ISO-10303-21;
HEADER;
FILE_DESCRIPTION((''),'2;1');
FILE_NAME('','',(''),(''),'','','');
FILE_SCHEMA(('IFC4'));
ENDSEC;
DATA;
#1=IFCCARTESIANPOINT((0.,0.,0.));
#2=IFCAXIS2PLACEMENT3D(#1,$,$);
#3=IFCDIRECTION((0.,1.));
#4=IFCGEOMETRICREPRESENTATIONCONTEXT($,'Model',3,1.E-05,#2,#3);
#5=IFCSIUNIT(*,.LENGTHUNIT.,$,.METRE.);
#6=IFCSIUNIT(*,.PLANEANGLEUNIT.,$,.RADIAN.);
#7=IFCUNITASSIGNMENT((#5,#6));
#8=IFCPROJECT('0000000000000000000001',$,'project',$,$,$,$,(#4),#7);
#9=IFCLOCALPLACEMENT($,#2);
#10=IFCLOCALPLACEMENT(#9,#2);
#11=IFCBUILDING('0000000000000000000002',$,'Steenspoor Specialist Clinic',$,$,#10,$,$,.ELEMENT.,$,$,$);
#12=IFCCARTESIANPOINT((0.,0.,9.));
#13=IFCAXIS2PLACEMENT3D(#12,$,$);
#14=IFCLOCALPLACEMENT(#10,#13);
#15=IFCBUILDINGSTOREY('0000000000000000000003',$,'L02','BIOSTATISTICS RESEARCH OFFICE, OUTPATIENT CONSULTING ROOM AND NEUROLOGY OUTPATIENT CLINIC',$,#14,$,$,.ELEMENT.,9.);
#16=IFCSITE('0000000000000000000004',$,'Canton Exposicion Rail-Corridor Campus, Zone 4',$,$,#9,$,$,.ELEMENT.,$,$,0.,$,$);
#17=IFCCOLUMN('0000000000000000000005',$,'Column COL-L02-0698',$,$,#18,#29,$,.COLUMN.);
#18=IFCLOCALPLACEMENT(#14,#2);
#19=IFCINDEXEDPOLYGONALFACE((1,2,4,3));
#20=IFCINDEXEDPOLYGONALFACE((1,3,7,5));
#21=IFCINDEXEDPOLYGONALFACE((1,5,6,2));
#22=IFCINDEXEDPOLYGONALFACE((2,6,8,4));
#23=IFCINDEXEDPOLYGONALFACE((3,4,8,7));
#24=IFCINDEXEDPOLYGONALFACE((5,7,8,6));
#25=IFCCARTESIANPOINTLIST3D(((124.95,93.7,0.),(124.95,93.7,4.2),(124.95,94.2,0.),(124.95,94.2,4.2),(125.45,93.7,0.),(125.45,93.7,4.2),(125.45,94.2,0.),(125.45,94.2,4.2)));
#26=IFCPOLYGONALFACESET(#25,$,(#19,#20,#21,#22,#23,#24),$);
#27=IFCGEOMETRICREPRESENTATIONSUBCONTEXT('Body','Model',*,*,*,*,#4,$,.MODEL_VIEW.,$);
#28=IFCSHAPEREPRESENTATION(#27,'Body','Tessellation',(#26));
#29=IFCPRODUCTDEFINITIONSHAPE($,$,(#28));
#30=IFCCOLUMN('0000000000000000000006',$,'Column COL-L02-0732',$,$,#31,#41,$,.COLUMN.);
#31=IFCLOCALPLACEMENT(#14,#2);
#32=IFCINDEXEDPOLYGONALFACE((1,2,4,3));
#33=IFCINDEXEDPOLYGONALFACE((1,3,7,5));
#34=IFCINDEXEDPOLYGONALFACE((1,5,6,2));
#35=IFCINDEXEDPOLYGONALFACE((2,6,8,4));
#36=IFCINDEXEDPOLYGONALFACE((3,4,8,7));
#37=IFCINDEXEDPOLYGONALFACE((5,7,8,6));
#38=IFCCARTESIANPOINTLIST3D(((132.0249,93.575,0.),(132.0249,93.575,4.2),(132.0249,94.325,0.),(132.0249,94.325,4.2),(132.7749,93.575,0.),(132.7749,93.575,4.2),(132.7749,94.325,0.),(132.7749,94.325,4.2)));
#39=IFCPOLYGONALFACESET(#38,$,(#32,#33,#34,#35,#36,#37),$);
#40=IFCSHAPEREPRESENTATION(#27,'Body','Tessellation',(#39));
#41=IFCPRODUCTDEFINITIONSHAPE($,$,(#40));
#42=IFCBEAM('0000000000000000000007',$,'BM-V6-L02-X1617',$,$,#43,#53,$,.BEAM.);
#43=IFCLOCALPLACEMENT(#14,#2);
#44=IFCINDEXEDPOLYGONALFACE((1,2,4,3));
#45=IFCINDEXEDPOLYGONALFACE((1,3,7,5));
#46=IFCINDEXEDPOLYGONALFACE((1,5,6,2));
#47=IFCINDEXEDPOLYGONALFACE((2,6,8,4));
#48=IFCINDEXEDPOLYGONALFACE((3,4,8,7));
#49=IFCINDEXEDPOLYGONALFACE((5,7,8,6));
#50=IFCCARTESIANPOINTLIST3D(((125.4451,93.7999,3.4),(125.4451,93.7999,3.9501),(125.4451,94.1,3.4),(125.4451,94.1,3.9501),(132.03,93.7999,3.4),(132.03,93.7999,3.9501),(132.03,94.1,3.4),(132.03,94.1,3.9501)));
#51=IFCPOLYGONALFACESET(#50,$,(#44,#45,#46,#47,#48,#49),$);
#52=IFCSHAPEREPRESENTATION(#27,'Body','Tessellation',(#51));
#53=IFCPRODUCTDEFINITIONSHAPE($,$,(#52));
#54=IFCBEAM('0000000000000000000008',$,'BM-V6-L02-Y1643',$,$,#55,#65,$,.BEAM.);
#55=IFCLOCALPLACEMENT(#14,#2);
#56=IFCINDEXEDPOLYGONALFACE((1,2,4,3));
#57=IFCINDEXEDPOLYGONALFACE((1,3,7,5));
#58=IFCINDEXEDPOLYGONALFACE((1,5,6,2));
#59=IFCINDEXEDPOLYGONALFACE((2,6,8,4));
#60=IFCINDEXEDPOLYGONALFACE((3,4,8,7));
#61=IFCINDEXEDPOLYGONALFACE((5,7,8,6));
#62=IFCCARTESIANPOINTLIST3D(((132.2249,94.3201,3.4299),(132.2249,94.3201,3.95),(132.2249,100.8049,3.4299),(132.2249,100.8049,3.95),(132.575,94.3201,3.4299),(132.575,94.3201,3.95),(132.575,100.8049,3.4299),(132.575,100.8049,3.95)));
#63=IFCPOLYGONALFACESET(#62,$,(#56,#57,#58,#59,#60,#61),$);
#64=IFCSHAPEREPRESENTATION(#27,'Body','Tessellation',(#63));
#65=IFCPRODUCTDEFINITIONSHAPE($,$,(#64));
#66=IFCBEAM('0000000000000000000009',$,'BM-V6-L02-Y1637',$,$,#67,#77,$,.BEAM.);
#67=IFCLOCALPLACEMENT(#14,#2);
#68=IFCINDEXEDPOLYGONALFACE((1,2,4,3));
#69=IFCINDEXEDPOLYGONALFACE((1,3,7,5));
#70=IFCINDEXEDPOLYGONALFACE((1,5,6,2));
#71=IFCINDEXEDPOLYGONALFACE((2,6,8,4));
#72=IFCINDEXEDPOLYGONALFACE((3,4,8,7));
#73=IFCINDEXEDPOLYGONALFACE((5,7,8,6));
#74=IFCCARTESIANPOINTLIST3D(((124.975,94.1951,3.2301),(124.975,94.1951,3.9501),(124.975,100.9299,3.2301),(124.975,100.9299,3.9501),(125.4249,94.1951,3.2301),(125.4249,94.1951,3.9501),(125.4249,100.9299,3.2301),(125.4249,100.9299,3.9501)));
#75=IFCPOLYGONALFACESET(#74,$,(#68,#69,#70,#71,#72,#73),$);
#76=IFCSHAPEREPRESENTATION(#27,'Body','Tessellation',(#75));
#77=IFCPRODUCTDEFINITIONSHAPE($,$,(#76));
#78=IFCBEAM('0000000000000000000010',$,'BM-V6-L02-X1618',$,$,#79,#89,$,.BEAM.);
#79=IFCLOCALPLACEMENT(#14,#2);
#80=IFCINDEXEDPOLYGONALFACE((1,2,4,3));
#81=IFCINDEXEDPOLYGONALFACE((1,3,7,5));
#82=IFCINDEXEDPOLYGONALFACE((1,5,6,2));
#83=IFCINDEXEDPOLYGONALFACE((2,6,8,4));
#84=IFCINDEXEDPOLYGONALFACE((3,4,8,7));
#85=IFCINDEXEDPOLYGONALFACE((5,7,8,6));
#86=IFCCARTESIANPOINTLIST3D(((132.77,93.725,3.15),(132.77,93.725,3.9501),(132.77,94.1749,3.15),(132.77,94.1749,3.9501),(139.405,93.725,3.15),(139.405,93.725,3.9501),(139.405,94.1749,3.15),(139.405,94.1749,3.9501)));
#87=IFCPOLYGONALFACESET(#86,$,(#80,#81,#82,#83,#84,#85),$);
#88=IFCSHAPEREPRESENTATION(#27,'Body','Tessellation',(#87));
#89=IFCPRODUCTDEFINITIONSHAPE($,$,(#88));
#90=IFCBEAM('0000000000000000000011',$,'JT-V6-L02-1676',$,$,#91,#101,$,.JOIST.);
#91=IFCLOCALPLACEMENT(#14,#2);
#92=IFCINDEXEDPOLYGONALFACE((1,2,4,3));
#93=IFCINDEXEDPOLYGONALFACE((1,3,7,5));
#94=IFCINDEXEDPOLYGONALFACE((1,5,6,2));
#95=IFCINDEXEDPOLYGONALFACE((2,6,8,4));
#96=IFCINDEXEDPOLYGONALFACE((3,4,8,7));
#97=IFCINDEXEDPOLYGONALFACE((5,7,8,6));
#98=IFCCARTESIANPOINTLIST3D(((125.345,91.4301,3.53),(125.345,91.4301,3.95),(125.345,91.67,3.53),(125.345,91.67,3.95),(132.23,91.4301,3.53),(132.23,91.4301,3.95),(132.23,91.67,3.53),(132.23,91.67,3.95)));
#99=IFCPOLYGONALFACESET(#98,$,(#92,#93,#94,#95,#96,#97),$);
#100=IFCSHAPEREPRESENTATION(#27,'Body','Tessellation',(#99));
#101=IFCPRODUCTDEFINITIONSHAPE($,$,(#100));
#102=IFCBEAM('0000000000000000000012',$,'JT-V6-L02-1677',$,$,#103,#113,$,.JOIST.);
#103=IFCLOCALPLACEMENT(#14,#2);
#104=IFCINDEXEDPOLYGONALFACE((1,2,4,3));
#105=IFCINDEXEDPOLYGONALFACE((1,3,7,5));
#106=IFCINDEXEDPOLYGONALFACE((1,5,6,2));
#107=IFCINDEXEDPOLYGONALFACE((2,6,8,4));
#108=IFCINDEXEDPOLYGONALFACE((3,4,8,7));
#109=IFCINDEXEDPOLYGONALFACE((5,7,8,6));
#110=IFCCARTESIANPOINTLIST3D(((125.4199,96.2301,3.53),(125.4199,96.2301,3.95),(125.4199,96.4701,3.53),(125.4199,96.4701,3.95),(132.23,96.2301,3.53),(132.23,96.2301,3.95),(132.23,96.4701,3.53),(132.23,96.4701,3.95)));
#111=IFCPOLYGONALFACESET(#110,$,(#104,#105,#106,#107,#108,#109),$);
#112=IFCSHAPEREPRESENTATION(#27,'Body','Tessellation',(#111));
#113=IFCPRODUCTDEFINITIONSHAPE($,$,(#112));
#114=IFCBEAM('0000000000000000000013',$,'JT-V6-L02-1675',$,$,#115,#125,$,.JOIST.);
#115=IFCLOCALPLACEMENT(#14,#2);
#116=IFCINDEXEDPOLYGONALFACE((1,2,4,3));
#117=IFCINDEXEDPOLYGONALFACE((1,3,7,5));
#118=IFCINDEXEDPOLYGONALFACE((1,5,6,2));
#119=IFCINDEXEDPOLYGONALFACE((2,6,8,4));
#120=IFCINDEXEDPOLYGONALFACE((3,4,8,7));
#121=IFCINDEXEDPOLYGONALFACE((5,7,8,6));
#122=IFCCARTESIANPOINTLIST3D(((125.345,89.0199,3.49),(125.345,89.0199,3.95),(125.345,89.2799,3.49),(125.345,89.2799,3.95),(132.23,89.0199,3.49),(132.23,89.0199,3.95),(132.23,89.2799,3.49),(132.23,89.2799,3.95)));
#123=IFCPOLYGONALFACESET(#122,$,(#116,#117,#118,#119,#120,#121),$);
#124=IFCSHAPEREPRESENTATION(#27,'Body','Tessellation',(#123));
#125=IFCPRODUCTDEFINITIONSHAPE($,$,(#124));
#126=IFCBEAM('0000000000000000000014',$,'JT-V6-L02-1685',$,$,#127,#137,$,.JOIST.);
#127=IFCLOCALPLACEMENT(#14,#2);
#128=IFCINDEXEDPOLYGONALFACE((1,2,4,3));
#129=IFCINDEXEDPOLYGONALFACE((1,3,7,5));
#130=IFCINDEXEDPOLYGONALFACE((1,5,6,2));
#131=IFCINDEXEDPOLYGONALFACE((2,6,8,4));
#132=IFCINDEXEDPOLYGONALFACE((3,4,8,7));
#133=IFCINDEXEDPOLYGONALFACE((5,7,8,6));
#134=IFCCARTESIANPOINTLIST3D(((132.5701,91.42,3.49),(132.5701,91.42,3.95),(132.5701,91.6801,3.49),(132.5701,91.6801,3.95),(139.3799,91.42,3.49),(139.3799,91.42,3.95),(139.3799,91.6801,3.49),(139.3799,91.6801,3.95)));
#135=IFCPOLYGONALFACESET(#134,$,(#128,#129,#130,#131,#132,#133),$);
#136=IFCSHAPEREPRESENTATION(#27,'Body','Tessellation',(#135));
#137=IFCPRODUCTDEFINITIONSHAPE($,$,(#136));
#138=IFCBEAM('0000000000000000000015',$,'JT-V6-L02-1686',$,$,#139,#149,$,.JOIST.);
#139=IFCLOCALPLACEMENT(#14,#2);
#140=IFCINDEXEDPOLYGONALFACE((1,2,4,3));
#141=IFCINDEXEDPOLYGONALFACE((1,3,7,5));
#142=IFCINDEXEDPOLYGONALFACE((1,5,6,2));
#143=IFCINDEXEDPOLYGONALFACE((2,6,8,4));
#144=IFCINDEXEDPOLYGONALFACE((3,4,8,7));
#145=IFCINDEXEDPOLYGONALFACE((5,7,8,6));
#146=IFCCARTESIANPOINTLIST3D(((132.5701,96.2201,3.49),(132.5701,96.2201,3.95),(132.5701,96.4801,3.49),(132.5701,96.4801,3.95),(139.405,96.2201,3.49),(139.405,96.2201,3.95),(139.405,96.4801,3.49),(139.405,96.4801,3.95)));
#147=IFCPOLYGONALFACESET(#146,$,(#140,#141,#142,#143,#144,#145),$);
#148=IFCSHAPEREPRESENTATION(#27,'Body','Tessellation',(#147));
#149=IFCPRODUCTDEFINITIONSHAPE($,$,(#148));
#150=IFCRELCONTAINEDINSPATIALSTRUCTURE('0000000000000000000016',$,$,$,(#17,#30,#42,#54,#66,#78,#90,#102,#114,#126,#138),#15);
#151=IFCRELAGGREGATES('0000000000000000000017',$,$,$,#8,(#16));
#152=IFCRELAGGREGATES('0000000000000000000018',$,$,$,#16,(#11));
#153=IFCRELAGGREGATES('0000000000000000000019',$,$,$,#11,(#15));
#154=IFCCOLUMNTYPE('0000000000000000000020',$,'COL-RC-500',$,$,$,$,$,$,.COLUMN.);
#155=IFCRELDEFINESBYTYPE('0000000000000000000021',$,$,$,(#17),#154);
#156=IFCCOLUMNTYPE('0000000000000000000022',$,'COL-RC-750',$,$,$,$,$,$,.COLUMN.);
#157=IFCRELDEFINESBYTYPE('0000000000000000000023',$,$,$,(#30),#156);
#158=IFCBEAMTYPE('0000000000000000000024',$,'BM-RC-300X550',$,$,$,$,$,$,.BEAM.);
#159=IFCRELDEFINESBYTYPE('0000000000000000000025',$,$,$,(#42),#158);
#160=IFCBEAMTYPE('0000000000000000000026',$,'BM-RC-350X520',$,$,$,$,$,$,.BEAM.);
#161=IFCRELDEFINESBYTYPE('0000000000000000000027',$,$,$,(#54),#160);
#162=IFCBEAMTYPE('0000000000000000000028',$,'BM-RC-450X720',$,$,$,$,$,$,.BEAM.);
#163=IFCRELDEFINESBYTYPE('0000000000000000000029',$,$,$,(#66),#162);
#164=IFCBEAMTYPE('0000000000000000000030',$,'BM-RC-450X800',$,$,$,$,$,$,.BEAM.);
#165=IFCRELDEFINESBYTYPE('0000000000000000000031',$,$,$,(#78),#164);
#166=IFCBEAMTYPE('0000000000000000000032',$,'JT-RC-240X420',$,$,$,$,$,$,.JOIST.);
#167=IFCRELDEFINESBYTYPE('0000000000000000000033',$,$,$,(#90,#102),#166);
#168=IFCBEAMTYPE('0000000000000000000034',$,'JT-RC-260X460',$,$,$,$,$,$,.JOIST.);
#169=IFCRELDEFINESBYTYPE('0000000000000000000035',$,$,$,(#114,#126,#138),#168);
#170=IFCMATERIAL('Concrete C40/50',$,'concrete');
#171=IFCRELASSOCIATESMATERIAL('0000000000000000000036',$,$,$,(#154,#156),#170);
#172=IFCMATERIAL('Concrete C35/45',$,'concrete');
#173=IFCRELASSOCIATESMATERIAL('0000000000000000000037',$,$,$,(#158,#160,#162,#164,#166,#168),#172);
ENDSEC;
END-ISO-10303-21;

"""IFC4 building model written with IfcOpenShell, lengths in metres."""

from ifc_helpers import new_model, si_unit, direction, frame, origin, origin_2d, place, context, subcontext, project, spatial, rectangle, extrude, material, material_profile, profile_set, type_object, element, save


model = new_model("IFC4")

# Units and contexts
model_context = context("Model", 3, precision=1e-05, world=origin(), true_north=direction((0.0, 1.0)))
body_context = subcontext(model_context, "Body", "Model", "MODEL_VIEW")
ifc_project = project(units=[si_unit("LENGTHUNIT", "METRE"), si_unit("PLANEANGLEUNIT", "RADIAN")], contexts=[model_context])

# Site, building, storey
site_placement = place(None, origin())
site = spatial("IfcSite", under=ifc_project, at=site_placement, Name="Canton Exposicion Rail-Corridor Campus, Zone 4", CompositionType="ELEMENT", RefElevation=0.0)
building_placement = place(site_placement, origin())
building = spatial("IfcBuilding", under=site, at=building_placement, Name="Steenspoor Specialist Clinic", CompositionType="ELEMENT")
storey_placement = place(building_placement, frame((0.0, 0.0, 9.0)))
storey = spatial("IfcBuildingStorey", under=building, at=storey_placement, Name="L02", Description="BIOSTATISTICS RESEARCH OFFICE, OUTPATIENT CONSULTING ROOM AND NEUROLOGY OUTPATIENT CLINIC", CompositionType="ELEMENT", Elevation=9.0)

# Columns
ifc_material_1 = material(Name="Concrete C40/50", Category="concrete")
ifc_material_profile_1 = material_profile(ifc_material_1, rectangle(XDim=0.5, YDim=0.5, at=origin_2d()), Name="RC-COL-500X500")
ifc_profile_set_1 = profile_set([ifc_material_profile_1], Name="Concrete C40/50")
column_type_1 = type_object("IfcColumnType", Name="COL-RC-500", PredefinedType="COLUMN", material=ifc_profile_set_1)
column_1_placement = place(storey_placement, frame((125.2, 93.95, 0.0), z_axis=(0.0, 0.0, 1.0), x_axis=(1.0, 0.0, 0.0)))
element("IfcColumn", 1, at=column_1_placement, inside=storey, type_object=column_type_1, Name="Column COL-L02-0698", PredefinedType="COLUMN", context=body_context, shape_type="SweptSolid", body=[
    extrude(rectangle(XDim=0.5, YDim=0.5, at=origin_2d()), origin(), (0.0, 0.0, 1.0), 4.2),
])
ifc_material_profile_2 = material_profile(ifc_material_1, rectangle(XDim=0.75, YDim=0.75, at=origin_2d()), Name="RC-COL-750X750")
ifc_profile_set_2 = profile_set([ifc_material_profile_2], Name="Concrete C40/50")
column_type_2 = type_object("IfcColumnType", Name="COL-RC-750", PredefinedType="COLUMN", material=ifc_profile_set_2)
column_2_placement = place(storey_placement, frame((132.3999, 93.95, 0.0), z_axis=(0.0, 0.0, 1.0), x_axis=(1.0, 0.0, 0.0)))
element("IfcColumn", 2, at=column_2_placement, inside=storey, type_object=column_type_2, Name="Column COL-L02-0732", PredefinedType="COLUMN", context=body_context, shape_type="SweptSolid", body=[
    extrude(rectangle(XDim=0.75, YDim=0.75, at=origin_2d()), origin(), (0.0, 0.0, 1.0), 4.2),
])

# Beams
ifc_material_2 = material(Name="Concrete C35/45", Category="concrete")
ifc_material_profile_3 = material_profile(ifc_material_2, rectangle(XDim=0.3, YDim=0.55, at=origin_2d()), Name="RC-BM-300X550")
ifc_profile_set_3 = profile_set([ifc_material_profile_3], Name="Concrete C35/45")
beam_type_1 = type_object("IfcBeamType", Name="BM-RC-300X550", PredefinedType="BEAM", material=ifc_profile_set_3)
beam_1_placement = place(storey_placement, frame((125.4451, 93.95, 3.675), z_axis=(1.0, 0.0, 0.0), x_axis=(0.0, 1.0, 0.0)))
element("IfcBeam", 3, at=beam_1_placement, inside=storey, type_object=beam_type_1, Name="BM-V6-L02-X1617", PredefinedType="BEAM", context=body_context, shape_type="SweptSolid", body=[
    extrude(rectangle(XDim=0.3, YDim=0.55, at=origin_2d()), origin(), (0.0, 0.0, 1.0), 6.585),
])
ifc_material_profile_4 = material_profile(ifc_material_2, rectangle(XDim=0.3501, YDim=0.52, at=origin_2d()), Name="RC-BM-350X520")
ifc_profile_set_4 = profile_set([ifc_material_profile_4], Name="Concrete C35/45")
beam_type_2 = type_object("IfcBeamType", Name="BM-RC-350X520", PredefinedType="BEAM", material=ifc_profile_set_4)
beam_2_placement = place(storey_placement, frame((132.3999, 94.3201, 3.6899), z_axis=(0.0, 1.0, 0.0), x_axis=(-1.0, 0.0, 0.0)))
element("IfcBeam", 4, at=beam_2_placement, inside=storey, type_object=beam_type_2, Name="BM-V6-L02-Y1643", PredefinedType="BEAM", context=body_context, shape_type="SweptSolid", body=[
    extrude(rectangle(XDim=0.3501, YDim=0.52, at=origin_2d()), origin(), (0.0, 0.0, 1.0), 6.4849),
])
ifc_material_profile_5 = material_profile(ifc_material_2, rectangle(XDim=0.45, YDim=0.72, at=origin_2d()), Name="RC-BM-450X720")
ifc_profile_set_5 = profile_set([ifc_material_profile_5], Name="Concrete C35/45")
beam_type_3 = type_object("IfcBeamType", Name="BM-RC-450X720", PredefinedType="BEAM", material=ifc_profile_set_5)
beam_3_placement = place(storey_placement, frame((125.2, 94.1951, 3.5901), z_axis=(0.0, 1.0, 0.0), x_axis=(-1.0, 0.0, 0.0)))
element("IfcBeam", 5, at=beam_3_placement, inside=storey, type_object=beam_type_3, Name="BM-V6-L02-Y1637", PredefinedType="BEAM", context=body_context, shape_type="SweptSolid", body=[
    extrude(rectangle(XDim=0.45, YDim=0.72, at=origin_2d()), origin(), (0.0, 0.0, 1.0), 6.7349),
])
ifc_material_profile_6 = material_profile(ifc_material_2, rectangle(XDim=0.45, YDim=0.8, at=origin_2d()), Name="RC-BM-450X800")
ifc_profile_set_6 = profile_set([ifc_material_profile_6], Name="Concrete C35/45")
beam_type_4 = type_object("IfcBeamType", Name="BM-RC-450X800", PredefinedType="BEAM", material=ifc_profile_set_6)
beam_4_placement = place(storey_placement, frame((132.77, 93.95, 3.55), z_axis=(1.0, 0.0, 0.0), x_axis=(0.0, 1.0, 0.0)))
element("IfcBeam", 6, at=beam_4_placement, inside=storey, type_object=beam_type_4, Name="BM-V6-L02-X1618", PredefinedType="BEAM", context=body_context, shape_type="SweptSolid", body=[
    extrude(rectangle(XDim=0.45, YDim=0.8, at=origin_2d()), origin(), (0.0, 0.0, 1.0), 6.635),
])
ifc_material_profile_7 = material_profile(ifc_material_2, rectangle(XDim=0.24, YDim=0.4199, at=origin_2d()), Name="RC-JT-240X420")
ifc_profile_set_7 = profile_set([ifc_material_profile_7], Name="Concrete C35/45")
beam_type_5 = type_object("IfcBeamType", Name="JT-RC-240X420", PredefinedType="JOIST", material=ifc_profile_set_7)
beam_5_placement = place(storey_placement, frame((125.345, 91.55, 3.74), z_axis=(1.0, 0.0, 0.0), x_axis=(0.0, 1.0, 0.0)))
element("IfcBeam", 7, at=beam_5_placement, inside=storey, type_object=beam_type_5, Name="JT-V6-L02-1676", PredefinedType="JOIST", context=body_context, shape_type="SweptSolid", body=[
    extrude(rectangle(XDim=0.24, YDim=0.4199, at=origin_2d()), origin(), (0.0, 0.0, 1.0), 6.885),
])
beam_6_placement = place(storey_placement, frame((125.4199, 96.3501, 3.74), z_axis=(1.0, 0.0, 0.0), x_axis=(0.0, 1.0, 0.0)))
element("IfcBeam", 8, at=beam_6_placement, inside=storey, type_object=beam_type_5, Name="JT-V6-L02-1677", PredefinedType="JOIST", context=body_context, shape_type="SweptSolid", body=[
    extrude(rectangle(XDim=0.24, YDim=0.4199, at=origin_2d()), origin(), (0.0, 0.0, 1.0), 6.8101),
])
ifc_material_profile_8 = material_profile(ifc_material_2, rectangle(XDim=0.26, YDim=0.46, at=origin_2d()), Name="RC-JT-260X460")
ifc_profile_set_8 = profile_set([ifc_material_profile_8], Name="Concrete C35/45")
beam_type_6 = type_object("IfcBeamType", Name="JT-RC-260X460", PredefinedType="JOIST", material=ifc_profile_set_8)
beam_7_placement = place(storey_placement, frame((125.345, 89.1499, 3.72), z_axis=(1.0, 0.0, 0.0), x_axis=(0.0, 1.0, 0.0)))
element("IfcBeam", 9, at=beam_7_placement, inside=storey, type_object=beam_type_6, Name="JT-V6-L02-1675", PredefinedType="JOIST", context=body_context, shape_type="SweptSolid", body=[
    extrude(rectangle(XDim=0.26, YDim=0.46, at=origin_2d()), origin(), (0.0, 0.0, 1.0), 6.885),
])
beam_8_placement = place(storey_placement, frame((132.5701, 91.55, 3.72), z_axis=(1.0, 0.0, 0.0), x_axis=(0.0, 1.0, 0.0)))
element("IfcBeam", 10, at=beam_8_placement, inside=storey, type_object=beam_type_6, Name="JT-V6-L02-1685", PredefinedType="JOIST", context=body_context, shape_type="SweptSolid", body=[
    extrude(rectangle(XDim=0.26, YDim=0.46, at=origin_2d()), origin(), (0.0, 0.0, 1.0), 6.8098),
])
beam_9_placement = place(storey_placement, frame((132.5701, 96.3501, 3.72), z_axis=(1.0, 0.0, 0.0), x_axis=(0.0, 1.0, 0.0)))
element("IfcBeam", 11, at=beam_9_placement, inside=storey, type_object=beam_type_6, Name="JT-V6-L02-1686", PredefinedType="JOIST", context=body_context, shape_type="SweptSolid", body=[
    extrude(rectangle(XDim=0.26, YDim=0.46, at=origin_2d()), origin(), (0.0, 0.0, 1.0), 6.835),
])

save(model, "model.ifc")
